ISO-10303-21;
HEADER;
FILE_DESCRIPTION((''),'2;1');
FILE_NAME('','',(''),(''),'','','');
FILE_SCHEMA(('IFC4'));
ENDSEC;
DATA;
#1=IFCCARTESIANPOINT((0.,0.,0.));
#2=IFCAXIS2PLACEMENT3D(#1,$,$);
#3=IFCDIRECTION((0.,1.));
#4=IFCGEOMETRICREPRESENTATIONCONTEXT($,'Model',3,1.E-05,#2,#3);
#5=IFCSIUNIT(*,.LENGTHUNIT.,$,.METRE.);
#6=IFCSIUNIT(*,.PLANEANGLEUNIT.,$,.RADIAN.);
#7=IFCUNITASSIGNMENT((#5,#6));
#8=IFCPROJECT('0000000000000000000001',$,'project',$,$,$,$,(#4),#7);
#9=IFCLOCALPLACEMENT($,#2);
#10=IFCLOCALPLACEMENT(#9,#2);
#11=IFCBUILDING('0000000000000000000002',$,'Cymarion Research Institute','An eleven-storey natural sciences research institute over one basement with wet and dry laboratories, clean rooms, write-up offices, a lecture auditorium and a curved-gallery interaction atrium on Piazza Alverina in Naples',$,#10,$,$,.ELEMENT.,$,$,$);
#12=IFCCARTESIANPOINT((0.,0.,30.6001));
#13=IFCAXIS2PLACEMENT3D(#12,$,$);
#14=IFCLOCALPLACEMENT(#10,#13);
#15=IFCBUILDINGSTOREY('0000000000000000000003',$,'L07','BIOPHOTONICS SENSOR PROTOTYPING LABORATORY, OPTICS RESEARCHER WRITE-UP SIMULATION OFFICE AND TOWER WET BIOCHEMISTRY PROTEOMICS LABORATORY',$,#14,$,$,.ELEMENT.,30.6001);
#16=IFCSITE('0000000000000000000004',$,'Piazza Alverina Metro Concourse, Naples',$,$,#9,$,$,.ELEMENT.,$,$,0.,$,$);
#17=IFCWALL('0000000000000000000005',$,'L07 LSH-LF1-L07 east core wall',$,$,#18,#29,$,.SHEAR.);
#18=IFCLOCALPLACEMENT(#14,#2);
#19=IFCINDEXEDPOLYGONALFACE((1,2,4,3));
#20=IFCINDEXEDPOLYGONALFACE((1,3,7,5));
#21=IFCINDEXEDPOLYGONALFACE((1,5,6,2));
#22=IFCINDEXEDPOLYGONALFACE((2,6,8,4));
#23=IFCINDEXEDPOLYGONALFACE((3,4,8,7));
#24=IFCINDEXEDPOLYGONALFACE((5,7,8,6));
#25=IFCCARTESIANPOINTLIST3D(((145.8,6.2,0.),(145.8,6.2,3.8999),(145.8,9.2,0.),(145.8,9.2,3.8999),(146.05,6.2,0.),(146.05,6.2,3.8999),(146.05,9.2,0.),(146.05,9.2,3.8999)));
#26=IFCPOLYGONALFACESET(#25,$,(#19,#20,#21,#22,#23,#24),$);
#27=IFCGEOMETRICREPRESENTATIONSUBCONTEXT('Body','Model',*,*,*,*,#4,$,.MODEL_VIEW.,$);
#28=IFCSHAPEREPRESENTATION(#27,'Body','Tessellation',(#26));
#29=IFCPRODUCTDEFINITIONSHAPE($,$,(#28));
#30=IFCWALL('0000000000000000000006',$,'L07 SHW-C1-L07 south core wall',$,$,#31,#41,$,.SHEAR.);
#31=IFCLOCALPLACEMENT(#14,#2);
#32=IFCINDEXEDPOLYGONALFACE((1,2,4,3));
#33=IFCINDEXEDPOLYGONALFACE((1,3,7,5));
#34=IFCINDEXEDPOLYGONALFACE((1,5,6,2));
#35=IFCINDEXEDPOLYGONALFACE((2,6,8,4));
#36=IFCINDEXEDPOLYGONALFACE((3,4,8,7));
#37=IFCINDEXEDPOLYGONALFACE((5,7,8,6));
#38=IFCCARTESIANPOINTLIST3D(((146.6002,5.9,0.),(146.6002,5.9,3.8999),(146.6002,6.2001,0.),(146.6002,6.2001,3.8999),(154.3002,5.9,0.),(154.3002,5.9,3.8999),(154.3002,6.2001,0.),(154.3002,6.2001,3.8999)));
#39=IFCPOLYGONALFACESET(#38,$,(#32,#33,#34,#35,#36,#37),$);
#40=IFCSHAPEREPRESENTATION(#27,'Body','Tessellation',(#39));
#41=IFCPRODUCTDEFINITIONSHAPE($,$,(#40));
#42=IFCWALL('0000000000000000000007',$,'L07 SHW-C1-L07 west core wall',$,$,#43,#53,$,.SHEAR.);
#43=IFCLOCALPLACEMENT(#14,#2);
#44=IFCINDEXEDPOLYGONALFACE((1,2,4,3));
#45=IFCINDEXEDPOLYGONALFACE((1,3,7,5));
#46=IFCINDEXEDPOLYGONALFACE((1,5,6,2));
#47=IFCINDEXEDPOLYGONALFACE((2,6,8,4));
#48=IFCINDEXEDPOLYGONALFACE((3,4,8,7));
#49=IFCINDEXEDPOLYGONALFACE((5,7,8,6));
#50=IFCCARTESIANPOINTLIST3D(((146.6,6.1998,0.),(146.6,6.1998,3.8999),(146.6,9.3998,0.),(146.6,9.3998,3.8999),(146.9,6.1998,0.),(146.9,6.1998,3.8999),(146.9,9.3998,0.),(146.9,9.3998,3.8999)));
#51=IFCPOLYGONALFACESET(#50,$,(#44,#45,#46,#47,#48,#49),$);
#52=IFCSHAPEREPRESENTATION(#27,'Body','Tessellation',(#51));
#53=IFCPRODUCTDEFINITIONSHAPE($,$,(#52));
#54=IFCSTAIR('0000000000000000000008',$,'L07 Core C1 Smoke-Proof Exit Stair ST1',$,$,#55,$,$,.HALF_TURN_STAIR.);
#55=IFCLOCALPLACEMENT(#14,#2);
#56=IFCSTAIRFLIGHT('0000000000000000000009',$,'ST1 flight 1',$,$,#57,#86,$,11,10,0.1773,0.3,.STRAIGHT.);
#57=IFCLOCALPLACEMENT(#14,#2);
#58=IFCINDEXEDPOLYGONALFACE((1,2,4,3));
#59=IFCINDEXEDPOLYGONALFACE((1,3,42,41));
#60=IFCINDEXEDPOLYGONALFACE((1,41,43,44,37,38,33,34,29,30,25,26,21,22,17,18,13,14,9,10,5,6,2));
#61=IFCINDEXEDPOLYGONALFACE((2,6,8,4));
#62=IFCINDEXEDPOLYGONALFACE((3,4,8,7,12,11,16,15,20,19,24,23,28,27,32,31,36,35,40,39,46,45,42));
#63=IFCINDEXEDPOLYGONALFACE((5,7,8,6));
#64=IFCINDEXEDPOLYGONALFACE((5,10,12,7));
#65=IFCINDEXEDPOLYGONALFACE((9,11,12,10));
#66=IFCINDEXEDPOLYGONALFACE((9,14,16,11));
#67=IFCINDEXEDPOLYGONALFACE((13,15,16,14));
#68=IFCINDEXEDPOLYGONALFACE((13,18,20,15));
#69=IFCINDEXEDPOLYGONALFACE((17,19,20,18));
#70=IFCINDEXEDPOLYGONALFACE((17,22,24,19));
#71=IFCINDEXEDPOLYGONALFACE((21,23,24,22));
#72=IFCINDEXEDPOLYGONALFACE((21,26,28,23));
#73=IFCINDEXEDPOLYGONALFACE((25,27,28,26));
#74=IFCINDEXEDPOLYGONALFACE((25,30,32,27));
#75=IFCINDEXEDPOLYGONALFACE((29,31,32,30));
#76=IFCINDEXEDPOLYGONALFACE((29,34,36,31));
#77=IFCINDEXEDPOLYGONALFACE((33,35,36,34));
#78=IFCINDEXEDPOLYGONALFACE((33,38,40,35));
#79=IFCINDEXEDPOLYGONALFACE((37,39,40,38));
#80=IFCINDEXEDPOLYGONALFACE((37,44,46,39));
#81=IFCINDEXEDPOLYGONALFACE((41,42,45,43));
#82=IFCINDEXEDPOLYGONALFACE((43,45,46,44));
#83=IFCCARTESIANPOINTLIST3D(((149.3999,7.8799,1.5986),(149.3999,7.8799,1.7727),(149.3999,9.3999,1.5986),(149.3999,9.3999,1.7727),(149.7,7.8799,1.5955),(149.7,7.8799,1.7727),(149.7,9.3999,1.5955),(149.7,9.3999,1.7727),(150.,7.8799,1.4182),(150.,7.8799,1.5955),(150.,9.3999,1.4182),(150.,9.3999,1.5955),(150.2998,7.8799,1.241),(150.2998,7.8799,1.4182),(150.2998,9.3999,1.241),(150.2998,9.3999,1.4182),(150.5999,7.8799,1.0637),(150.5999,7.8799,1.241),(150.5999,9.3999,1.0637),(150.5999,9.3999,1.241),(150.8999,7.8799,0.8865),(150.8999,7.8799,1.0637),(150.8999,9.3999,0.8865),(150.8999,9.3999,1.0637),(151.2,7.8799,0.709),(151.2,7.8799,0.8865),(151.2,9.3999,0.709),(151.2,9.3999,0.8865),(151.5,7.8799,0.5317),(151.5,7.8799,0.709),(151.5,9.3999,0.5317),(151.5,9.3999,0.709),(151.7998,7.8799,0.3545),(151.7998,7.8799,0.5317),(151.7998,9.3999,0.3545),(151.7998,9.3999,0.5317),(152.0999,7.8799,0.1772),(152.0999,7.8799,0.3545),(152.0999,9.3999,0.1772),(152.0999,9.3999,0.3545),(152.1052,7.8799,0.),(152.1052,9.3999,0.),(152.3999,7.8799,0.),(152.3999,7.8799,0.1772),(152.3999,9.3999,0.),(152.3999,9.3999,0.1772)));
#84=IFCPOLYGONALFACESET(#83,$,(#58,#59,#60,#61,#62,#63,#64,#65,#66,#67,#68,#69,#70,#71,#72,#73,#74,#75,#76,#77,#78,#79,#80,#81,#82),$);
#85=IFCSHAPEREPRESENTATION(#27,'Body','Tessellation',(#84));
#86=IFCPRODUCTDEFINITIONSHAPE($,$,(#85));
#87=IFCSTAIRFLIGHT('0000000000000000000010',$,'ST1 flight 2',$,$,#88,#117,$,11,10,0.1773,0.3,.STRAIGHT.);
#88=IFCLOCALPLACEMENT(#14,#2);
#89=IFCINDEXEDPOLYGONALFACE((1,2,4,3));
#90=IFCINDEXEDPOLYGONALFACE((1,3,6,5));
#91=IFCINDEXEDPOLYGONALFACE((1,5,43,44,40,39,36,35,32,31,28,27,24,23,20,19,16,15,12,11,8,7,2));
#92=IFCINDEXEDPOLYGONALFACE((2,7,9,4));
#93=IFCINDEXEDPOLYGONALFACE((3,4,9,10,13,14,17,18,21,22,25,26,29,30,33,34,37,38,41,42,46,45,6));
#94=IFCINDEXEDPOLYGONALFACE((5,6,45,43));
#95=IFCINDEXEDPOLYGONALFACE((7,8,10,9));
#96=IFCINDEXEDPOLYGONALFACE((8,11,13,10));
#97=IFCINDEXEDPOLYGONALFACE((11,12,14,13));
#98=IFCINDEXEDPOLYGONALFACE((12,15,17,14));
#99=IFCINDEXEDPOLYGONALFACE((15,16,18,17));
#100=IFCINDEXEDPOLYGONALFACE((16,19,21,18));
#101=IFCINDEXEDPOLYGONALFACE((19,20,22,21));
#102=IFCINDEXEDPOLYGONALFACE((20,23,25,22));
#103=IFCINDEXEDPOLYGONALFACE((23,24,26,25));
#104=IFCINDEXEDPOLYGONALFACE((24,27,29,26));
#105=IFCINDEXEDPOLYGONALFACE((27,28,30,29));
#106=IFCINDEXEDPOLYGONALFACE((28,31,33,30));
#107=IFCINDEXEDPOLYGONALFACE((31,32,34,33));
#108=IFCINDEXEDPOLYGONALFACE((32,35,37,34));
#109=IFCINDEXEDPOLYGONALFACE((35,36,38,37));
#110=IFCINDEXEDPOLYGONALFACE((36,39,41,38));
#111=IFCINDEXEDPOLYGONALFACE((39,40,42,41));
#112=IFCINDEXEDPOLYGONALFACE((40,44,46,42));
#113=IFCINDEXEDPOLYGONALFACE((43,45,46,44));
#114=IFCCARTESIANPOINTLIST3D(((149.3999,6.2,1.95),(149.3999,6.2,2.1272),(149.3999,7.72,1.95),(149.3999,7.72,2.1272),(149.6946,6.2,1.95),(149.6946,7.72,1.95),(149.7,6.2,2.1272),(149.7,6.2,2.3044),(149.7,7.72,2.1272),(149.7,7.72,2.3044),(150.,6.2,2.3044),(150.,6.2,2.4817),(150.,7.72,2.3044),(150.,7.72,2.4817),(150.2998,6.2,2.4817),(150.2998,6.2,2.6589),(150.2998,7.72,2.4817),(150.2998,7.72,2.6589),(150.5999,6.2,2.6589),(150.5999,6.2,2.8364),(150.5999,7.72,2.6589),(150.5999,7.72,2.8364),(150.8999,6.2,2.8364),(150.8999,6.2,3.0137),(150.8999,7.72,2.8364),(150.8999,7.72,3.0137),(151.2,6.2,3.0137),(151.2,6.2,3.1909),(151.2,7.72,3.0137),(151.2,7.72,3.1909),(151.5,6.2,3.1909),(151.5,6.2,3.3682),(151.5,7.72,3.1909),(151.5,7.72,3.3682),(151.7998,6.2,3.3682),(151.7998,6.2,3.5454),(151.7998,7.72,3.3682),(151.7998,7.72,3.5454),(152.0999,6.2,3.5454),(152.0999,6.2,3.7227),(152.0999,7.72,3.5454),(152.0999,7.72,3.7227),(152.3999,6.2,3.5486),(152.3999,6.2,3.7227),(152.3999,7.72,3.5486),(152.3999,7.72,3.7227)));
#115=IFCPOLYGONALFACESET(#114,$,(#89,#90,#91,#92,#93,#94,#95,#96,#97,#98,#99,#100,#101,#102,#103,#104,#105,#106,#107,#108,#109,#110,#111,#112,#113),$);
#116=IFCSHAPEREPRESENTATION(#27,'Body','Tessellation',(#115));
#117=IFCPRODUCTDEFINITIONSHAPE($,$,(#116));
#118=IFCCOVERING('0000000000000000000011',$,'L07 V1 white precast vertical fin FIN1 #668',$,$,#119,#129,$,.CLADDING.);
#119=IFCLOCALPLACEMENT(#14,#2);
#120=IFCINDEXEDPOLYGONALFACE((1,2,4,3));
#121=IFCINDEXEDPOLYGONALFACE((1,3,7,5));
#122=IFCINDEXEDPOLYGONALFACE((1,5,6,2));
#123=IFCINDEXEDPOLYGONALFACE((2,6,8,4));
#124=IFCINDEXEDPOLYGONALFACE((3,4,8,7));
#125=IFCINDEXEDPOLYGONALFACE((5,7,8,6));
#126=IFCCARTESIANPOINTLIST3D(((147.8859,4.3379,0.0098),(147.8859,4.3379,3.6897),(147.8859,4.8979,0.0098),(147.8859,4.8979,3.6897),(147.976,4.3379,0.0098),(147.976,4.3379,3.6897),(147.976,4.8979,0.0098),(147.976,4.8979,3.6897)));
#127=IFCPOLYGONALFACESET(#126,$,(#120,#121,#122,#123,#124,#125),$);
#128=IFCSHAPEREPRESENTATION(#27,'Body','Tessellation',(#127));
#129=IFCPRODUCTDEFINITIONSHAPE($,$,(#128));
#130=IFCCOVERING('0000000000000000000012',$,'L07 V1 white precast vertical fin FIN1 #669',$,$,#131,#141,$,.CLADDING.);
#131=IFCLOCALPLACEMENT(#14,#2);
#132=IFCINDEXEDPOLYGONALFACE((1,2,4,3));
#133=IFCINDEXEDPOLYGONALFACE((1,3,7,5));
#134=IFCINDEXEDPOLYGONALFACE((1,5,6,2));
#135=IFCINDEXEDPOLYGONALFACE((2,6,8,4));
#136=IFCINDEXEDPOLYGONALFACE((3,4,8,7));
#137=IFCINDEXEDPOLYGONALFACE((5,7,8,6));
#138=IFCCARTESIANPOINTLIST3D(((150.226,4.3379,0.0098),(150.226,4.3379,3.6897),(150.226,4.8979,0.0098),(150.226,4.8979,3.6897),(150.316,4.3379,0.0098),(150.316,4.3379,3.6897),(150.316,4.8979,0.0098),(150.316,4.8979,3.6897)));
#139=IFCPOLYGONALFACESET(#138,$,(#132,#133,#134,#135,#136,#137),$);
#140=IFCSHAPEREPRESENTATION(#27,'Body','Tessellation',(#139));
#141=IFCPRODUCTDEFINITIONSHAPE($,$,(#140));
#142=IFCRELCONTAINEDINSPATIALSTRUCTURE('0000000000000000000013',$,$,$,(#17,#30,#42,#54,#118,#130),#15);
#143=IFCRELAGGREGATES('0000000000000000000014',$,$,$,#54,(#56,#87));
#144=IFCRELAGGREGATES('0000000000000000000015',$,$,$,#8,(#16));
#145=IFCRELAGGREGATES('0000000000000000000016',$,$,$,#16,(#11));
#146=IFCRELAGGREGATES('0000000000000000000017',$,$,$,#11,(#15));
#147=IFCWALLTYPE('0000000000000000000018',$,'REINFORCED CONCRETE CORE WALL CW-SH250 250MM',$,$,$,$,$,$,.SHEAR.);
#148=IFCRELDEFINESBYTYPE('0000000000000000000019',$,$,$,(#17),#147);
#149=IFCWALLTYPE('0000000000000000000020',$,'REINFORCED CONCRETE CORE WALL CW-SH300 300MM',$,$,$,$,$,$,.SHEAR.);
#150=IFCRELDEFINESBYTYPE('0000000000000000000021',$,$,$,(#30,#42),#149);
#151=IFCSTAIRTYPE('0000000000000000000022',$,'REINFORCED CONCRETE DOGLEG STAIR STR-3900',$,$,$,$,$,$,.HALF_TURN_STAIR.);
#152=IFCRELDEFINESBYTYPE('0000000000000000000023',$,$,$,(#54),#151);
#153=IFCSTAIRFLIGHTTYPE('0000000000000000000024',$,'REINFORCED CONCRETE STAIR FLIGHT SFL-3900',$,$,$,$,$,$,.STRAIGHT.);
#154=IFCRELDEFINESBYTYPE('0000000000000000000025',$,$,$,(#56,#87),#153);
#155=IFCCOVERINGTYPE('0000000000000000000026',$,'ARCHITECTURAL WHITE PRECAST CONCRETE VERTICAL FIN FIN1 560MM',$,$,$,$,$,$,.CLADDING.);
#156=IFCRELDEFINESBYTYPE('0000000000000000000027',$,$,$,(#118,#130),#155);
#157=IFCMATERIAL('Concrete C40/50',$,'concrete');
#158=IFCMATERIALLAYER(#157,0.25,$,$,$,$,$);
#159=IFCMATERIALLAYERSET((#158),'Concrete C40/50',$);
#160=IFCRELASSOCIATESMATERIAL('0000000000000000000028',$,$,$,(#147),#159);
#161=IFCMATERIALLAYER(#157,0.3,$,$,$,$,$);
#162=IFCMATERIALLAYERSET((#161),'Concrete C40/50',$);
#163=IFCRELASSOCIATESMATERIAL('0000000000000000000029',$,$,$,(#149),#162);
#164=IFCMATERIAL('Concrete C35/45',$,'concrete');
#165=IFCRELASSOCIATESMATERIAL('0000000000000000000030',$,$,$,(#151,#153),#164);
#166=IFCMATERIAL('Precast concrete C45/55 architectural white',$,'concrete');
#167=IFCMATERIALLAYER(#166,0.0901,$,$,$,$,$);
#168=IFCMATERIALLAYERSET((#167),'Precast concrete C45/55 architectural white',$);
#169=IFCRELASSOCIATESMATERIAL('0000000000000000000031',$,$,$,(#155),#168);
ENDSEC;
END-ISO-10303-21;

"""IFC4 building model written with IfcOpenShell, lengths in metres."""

from ifc_helpers import new_model, si_unit, direction, frame, frame_2d, origin, origin_2d, place, context, subcontext, project, spatial, polyline, rectangle, outline, extrude, material, layer, layer_set, type_object, element, aggregate, save


model = new_model("IFC4")

# Units and contexts
model_context = context("Model", 3, precision=1e-05, world=origin(), true_north=direction((0.0, 1.0)))
body_context = subcontext(model_context, "Body", "Model", "MODEL_VIEW")
ifc_project = project(units=[si_unit("LENGTHUNIT", "METRE"), si_unit("PLANEANGLEUNIT", "RADIAN")], contexts=[model_context])

# Site, building, storey
site_placement = place(None, origin())
site = spatial("IfcSite", under=ifc_project, at=site_placement, Name="Piazza Alverina Metro Concourse, Naples", CompositionType="ELEMENT", RefElevation=0.0)
building_placement = place(site_placement, origin())
building = spatial("IfcBuilding", under=site, at=building_placement, Name="Cymarion Research Institute", Description="An eleven-storey natural sciences research institute over one basement with wet and dry laboratories, clean rooms, write-up offices, a lecture auditorium and a curved-gallery interaction atrium on Piazza Alverina in Naples", CompositionType="ELEMENT")
storey_placement = place(building_placement, frame((0.0, 0.0, 30.6001)))
storey = spatial("IfcBuildingStorey", under=building, at=storey_placement, Name="L07", Description="BIOPHOTONICS SENSOR PROTOTYPING LABORATORY, OPTICS RESEARCHER WRITE-UP SIMULATION OFFICE AND TOWER WET BIOCHEMISTRY PROTEOMICS LABORATORY", CompositionType="ELEMENT", Elevation=30.6001)

# Shared definitions
ifc_material_1 = material(Name="Concrete C40/50", Category="concrete")

# Shared definitions
ifc_layer_1 = layer(ifc_material_1, 0.25)
ifc_layer_set_1 = layer_set([ifc_layer_1], Name="Concrete C40/50")
wall_type_1 = type_object("IfcWallType", Name="REINFORCED CONCRETE CORE WALL CW-SH250 250MM", PredefinedType="SHEAR", material=ifc_layer_set_1)

# Walls
wall_1_placement = place(storey_placement, frame((145.925, 6.2, 0.0), z_axis=(0.0, 0.0, 1.0), x_axis=(0.0, 1.0, 0.0)))
element("IfcWall", 1, at=wall_1_placement, inside=storey, type_object=wall_type_1, Name="L07 LSH-LF1-L07 east core wall", PredefinedType="SHEAR", context=body_context, shape_type="SweptSolid", body=[
    extrude(rectangle(XDim=3.0, YDim=0.25, at=frame_2d((1.5, 0.0))), origin(), (0.0, 0.0, 1.0), 3.8999),
])
ifc_layer_2 = layer(ifc_material_1, 0.3)
ifc_layer_set_2 = layer_set([ifc_layer_2], Name="Concrete C40/50")
wall_type_2 = type_object("IfcWallType", Name="REINFORCED CONCRETE CORE WALL CW-SH300 300MM", PredefinedType="SHEAR", material=ifc_layer_set_2)
wall_2_placement = place(storey_placement, frame((146.6001, 6.05, 0.0), z_axis=(0.0, 0.0, 1.0), x_axis=(1.0, 0.0, 0.0)))
element("IfcWall", 2, at=wall_2_placement, inside=storey, type_object=wall_type_2, Name="L07 SHW-C1-L07 south core wall", PredefinedType="SHEAR", context=body_context, shape_type="SweptSolid", body=[
    extrude(rectangle(XDim=7.7, YDim=0.3, at=frame_2d((3.8501, 0.0))), origin(), (0.0, 0.0, 1.0), 3.8999),
])
wall_3_placement = place(storey_placement, frame((146.75, 9.3999, 0.0), z_axis=(0.0, 0.0, 1.0), x_axis=(0.0, -1.0, 0.0)))
element("IfcWall", 3, at=wall_3_placement, inside=storey, type_object=wall_type_2, Name="L07 SHW-C1-L07 west core wall", PredefinedType="SHEAR", context=body_context, shape_type="SweptSolid", body=[
    extrude(rectangle(XDim=3.2, YDim=0.3, at=frame_2d((1.6001, 0.0))), origin(), (0.0, 0.0, 1.0), 3.8999),
])

# Stair, stair flights
ifc_material_2 = material(Name="Concrete C35/45", Category="concrete")
stair_type = type_object("IfcStairType", Name="REINFORCED CONCRETE DOGLEG STAIR STR-3900", PredefinedType="HALF_TURN_STAIR", material=ifc_material_2)
stair_placement = place(storey_placement, origin())
stair = element("IfcStair", 4, at=stair_placement, inside=storey, type_object=stair_type, Name="L07 Core C1 Smoke-Proof Exit Stair ST1", PredefinedType="HALF_TURN_STAIR")
stair_flight_type = type_object("IfcStairFlightType", Name="REINFORCED CONCRETE STAIR FLIGHT SFL-3900", PredefinedType="STRAIGHT", material=ifc_material_2)
stair_flight_1_placement = place(storey_placement, frame((152.3999, 8.6399, 0.0), z_axis=(0.0, 0.0, 1.0), x_axis=(-1.0, 0.0, 0.0)))
stair_flight_1 = element("IfcStairFlight", 5, at=stair_flight_1_placement, type_object=stair_flight_type, Name="ST1 flight 1", NumberOfRisers=11, NumberOfTreads=10, PredefinedType="STRAIGHT", RiserHeight=0.1773, TreadLength=0.3, context=body_context, shape_type="SweptSolid", body=[
    extrude(outline(polyline([(0.0, 0.0), (0.0, 0.1772), (0.3, 0.1772), (0.3, 0.3545), (0.6001, 0.3545), (0.6001, 0.5317), (0.8999, 0.5317), (0.8999, 0.709), (1.2, 0.709), (1.2, 0.8865), (1.5, 0.8865), (1.5, 1.0637), (1.8, 1.0637), (1.8, 1.241), (2.1001, 1.241), (2.1001, 1.4182), (2.3999, 1.4182), (2.3999, 1.5955), (2.7, 1.5955), (2.7, 1.7727), (3.0, 1.7727), (3.0, 1.95), (3.0, 1.5986), (0.2947, 0.0), (0.0, 0.0)])), frame((0.0, 0.76, 0.0), z_axis=(0.0, -1.0, 0.0), x_axis=(1.0, 0.0, 0.0)), (0.0, 0.0, 1.0), 1.52),
])
stair_flight_2_placement = place(storey_placement, frame((149.3999, 6.96, 1.95), z_axis=(0.0, 0.0, 1.0), x_axis=(1.0, 0.0, 0.0)))
stair_flight_2 = element("IfcStairFlight", 6, at=stair_flight_2_placement, type_object=stair_flight_type, Name="ST1 flight 2", NumberOfRisers=11, NumberOfTreads=10, PredefinedType="STRAIGHT", RiserHeight=0.1773, TreadLength=0.3, context=body_context, shape_type="SweptSolid", body=[
    extrude(outline(polyline([(0.0, 0.0), (0.0, 0.1772), (0.3, 0.1772), (0.3, 0.3545), (0.6001, 0.3545), (0.6001, 0.5317), (0.8999, 0.5317), (0.8999, 0.709), (1.2, 0.709), (1.2, 0.8865), (1.5, 0.8865), (1.5, 1.0637), (1.8, 1.0637), (1.8, 1.241), (2.1001, 1.241), (2.1001, 1.4182), (2.3999, 1.4182), (2.3999, 1.5955), (2.7, 1.5955), (2.7, 1.7727), (3.0, 1.7727), (3.0, 1.95), (3.0, 1.5986), (0.2947, 0.0), (0.0, 0.0)])), frame((0.0, 0.76, 0.0), z_axis=(0.0, -1.0, 0.0), x_axis=(1.0, 0.0, 0.0)), (0.0, 0.0, 1.0), 1.52),
])
aggregate(stair, [stair_flight_1, stair_flight_2])

# Coverings
ifc_material_3 = material(Name="Precast concrete C45/55 architectural white", Category="concrete")
ifc_layer_3 = layer(ifc_material_3, 0.0901)
ifc_layer_set_3 = layer_set([ifc_layer_3], Name="Precast concrete C45/55 architectural white")
covering_type = type_object("IfcCoveringType", Name="ARCHITECTURAL WHITE PRECAST CONCRETE VERTICAL FIN FIN1 560MM", PredefinedType="CLADDING", material=ifc_layer_set_3)
for number, where, z_axis, x_axis, name in (
    (7, (147.9309, 4.6179, 0.0098), (0.0, 0.0, 1.0), (0.0, -1.0, 0.0), "L07 V1 white precast vertical fin FIN1 #668"),
    (8, (150.271, 4.6179, 0.0098), (0.0, 0.0, 1.0), (0.0, -1.0, 0.0), "L07 V1 white precast vertical fin FIN1 #669"),
):
    element("IfcCovering", number, at=place(storey_placement, frame(where, z_axis=z_axis, x_axis=x_axis)), inside=storey, type_object=covering_type, Name=name, PredefinedType="CLADDING", context=body_context, shape_type="SweptSolid", body=[
        extrude(rectangle(XDim=0.5601, YDim=0.0901, at=origin_2d()), origin(), (0.0, 0.0, 1.0), 3.6799),
    ])

save(model, "model.ifc")
